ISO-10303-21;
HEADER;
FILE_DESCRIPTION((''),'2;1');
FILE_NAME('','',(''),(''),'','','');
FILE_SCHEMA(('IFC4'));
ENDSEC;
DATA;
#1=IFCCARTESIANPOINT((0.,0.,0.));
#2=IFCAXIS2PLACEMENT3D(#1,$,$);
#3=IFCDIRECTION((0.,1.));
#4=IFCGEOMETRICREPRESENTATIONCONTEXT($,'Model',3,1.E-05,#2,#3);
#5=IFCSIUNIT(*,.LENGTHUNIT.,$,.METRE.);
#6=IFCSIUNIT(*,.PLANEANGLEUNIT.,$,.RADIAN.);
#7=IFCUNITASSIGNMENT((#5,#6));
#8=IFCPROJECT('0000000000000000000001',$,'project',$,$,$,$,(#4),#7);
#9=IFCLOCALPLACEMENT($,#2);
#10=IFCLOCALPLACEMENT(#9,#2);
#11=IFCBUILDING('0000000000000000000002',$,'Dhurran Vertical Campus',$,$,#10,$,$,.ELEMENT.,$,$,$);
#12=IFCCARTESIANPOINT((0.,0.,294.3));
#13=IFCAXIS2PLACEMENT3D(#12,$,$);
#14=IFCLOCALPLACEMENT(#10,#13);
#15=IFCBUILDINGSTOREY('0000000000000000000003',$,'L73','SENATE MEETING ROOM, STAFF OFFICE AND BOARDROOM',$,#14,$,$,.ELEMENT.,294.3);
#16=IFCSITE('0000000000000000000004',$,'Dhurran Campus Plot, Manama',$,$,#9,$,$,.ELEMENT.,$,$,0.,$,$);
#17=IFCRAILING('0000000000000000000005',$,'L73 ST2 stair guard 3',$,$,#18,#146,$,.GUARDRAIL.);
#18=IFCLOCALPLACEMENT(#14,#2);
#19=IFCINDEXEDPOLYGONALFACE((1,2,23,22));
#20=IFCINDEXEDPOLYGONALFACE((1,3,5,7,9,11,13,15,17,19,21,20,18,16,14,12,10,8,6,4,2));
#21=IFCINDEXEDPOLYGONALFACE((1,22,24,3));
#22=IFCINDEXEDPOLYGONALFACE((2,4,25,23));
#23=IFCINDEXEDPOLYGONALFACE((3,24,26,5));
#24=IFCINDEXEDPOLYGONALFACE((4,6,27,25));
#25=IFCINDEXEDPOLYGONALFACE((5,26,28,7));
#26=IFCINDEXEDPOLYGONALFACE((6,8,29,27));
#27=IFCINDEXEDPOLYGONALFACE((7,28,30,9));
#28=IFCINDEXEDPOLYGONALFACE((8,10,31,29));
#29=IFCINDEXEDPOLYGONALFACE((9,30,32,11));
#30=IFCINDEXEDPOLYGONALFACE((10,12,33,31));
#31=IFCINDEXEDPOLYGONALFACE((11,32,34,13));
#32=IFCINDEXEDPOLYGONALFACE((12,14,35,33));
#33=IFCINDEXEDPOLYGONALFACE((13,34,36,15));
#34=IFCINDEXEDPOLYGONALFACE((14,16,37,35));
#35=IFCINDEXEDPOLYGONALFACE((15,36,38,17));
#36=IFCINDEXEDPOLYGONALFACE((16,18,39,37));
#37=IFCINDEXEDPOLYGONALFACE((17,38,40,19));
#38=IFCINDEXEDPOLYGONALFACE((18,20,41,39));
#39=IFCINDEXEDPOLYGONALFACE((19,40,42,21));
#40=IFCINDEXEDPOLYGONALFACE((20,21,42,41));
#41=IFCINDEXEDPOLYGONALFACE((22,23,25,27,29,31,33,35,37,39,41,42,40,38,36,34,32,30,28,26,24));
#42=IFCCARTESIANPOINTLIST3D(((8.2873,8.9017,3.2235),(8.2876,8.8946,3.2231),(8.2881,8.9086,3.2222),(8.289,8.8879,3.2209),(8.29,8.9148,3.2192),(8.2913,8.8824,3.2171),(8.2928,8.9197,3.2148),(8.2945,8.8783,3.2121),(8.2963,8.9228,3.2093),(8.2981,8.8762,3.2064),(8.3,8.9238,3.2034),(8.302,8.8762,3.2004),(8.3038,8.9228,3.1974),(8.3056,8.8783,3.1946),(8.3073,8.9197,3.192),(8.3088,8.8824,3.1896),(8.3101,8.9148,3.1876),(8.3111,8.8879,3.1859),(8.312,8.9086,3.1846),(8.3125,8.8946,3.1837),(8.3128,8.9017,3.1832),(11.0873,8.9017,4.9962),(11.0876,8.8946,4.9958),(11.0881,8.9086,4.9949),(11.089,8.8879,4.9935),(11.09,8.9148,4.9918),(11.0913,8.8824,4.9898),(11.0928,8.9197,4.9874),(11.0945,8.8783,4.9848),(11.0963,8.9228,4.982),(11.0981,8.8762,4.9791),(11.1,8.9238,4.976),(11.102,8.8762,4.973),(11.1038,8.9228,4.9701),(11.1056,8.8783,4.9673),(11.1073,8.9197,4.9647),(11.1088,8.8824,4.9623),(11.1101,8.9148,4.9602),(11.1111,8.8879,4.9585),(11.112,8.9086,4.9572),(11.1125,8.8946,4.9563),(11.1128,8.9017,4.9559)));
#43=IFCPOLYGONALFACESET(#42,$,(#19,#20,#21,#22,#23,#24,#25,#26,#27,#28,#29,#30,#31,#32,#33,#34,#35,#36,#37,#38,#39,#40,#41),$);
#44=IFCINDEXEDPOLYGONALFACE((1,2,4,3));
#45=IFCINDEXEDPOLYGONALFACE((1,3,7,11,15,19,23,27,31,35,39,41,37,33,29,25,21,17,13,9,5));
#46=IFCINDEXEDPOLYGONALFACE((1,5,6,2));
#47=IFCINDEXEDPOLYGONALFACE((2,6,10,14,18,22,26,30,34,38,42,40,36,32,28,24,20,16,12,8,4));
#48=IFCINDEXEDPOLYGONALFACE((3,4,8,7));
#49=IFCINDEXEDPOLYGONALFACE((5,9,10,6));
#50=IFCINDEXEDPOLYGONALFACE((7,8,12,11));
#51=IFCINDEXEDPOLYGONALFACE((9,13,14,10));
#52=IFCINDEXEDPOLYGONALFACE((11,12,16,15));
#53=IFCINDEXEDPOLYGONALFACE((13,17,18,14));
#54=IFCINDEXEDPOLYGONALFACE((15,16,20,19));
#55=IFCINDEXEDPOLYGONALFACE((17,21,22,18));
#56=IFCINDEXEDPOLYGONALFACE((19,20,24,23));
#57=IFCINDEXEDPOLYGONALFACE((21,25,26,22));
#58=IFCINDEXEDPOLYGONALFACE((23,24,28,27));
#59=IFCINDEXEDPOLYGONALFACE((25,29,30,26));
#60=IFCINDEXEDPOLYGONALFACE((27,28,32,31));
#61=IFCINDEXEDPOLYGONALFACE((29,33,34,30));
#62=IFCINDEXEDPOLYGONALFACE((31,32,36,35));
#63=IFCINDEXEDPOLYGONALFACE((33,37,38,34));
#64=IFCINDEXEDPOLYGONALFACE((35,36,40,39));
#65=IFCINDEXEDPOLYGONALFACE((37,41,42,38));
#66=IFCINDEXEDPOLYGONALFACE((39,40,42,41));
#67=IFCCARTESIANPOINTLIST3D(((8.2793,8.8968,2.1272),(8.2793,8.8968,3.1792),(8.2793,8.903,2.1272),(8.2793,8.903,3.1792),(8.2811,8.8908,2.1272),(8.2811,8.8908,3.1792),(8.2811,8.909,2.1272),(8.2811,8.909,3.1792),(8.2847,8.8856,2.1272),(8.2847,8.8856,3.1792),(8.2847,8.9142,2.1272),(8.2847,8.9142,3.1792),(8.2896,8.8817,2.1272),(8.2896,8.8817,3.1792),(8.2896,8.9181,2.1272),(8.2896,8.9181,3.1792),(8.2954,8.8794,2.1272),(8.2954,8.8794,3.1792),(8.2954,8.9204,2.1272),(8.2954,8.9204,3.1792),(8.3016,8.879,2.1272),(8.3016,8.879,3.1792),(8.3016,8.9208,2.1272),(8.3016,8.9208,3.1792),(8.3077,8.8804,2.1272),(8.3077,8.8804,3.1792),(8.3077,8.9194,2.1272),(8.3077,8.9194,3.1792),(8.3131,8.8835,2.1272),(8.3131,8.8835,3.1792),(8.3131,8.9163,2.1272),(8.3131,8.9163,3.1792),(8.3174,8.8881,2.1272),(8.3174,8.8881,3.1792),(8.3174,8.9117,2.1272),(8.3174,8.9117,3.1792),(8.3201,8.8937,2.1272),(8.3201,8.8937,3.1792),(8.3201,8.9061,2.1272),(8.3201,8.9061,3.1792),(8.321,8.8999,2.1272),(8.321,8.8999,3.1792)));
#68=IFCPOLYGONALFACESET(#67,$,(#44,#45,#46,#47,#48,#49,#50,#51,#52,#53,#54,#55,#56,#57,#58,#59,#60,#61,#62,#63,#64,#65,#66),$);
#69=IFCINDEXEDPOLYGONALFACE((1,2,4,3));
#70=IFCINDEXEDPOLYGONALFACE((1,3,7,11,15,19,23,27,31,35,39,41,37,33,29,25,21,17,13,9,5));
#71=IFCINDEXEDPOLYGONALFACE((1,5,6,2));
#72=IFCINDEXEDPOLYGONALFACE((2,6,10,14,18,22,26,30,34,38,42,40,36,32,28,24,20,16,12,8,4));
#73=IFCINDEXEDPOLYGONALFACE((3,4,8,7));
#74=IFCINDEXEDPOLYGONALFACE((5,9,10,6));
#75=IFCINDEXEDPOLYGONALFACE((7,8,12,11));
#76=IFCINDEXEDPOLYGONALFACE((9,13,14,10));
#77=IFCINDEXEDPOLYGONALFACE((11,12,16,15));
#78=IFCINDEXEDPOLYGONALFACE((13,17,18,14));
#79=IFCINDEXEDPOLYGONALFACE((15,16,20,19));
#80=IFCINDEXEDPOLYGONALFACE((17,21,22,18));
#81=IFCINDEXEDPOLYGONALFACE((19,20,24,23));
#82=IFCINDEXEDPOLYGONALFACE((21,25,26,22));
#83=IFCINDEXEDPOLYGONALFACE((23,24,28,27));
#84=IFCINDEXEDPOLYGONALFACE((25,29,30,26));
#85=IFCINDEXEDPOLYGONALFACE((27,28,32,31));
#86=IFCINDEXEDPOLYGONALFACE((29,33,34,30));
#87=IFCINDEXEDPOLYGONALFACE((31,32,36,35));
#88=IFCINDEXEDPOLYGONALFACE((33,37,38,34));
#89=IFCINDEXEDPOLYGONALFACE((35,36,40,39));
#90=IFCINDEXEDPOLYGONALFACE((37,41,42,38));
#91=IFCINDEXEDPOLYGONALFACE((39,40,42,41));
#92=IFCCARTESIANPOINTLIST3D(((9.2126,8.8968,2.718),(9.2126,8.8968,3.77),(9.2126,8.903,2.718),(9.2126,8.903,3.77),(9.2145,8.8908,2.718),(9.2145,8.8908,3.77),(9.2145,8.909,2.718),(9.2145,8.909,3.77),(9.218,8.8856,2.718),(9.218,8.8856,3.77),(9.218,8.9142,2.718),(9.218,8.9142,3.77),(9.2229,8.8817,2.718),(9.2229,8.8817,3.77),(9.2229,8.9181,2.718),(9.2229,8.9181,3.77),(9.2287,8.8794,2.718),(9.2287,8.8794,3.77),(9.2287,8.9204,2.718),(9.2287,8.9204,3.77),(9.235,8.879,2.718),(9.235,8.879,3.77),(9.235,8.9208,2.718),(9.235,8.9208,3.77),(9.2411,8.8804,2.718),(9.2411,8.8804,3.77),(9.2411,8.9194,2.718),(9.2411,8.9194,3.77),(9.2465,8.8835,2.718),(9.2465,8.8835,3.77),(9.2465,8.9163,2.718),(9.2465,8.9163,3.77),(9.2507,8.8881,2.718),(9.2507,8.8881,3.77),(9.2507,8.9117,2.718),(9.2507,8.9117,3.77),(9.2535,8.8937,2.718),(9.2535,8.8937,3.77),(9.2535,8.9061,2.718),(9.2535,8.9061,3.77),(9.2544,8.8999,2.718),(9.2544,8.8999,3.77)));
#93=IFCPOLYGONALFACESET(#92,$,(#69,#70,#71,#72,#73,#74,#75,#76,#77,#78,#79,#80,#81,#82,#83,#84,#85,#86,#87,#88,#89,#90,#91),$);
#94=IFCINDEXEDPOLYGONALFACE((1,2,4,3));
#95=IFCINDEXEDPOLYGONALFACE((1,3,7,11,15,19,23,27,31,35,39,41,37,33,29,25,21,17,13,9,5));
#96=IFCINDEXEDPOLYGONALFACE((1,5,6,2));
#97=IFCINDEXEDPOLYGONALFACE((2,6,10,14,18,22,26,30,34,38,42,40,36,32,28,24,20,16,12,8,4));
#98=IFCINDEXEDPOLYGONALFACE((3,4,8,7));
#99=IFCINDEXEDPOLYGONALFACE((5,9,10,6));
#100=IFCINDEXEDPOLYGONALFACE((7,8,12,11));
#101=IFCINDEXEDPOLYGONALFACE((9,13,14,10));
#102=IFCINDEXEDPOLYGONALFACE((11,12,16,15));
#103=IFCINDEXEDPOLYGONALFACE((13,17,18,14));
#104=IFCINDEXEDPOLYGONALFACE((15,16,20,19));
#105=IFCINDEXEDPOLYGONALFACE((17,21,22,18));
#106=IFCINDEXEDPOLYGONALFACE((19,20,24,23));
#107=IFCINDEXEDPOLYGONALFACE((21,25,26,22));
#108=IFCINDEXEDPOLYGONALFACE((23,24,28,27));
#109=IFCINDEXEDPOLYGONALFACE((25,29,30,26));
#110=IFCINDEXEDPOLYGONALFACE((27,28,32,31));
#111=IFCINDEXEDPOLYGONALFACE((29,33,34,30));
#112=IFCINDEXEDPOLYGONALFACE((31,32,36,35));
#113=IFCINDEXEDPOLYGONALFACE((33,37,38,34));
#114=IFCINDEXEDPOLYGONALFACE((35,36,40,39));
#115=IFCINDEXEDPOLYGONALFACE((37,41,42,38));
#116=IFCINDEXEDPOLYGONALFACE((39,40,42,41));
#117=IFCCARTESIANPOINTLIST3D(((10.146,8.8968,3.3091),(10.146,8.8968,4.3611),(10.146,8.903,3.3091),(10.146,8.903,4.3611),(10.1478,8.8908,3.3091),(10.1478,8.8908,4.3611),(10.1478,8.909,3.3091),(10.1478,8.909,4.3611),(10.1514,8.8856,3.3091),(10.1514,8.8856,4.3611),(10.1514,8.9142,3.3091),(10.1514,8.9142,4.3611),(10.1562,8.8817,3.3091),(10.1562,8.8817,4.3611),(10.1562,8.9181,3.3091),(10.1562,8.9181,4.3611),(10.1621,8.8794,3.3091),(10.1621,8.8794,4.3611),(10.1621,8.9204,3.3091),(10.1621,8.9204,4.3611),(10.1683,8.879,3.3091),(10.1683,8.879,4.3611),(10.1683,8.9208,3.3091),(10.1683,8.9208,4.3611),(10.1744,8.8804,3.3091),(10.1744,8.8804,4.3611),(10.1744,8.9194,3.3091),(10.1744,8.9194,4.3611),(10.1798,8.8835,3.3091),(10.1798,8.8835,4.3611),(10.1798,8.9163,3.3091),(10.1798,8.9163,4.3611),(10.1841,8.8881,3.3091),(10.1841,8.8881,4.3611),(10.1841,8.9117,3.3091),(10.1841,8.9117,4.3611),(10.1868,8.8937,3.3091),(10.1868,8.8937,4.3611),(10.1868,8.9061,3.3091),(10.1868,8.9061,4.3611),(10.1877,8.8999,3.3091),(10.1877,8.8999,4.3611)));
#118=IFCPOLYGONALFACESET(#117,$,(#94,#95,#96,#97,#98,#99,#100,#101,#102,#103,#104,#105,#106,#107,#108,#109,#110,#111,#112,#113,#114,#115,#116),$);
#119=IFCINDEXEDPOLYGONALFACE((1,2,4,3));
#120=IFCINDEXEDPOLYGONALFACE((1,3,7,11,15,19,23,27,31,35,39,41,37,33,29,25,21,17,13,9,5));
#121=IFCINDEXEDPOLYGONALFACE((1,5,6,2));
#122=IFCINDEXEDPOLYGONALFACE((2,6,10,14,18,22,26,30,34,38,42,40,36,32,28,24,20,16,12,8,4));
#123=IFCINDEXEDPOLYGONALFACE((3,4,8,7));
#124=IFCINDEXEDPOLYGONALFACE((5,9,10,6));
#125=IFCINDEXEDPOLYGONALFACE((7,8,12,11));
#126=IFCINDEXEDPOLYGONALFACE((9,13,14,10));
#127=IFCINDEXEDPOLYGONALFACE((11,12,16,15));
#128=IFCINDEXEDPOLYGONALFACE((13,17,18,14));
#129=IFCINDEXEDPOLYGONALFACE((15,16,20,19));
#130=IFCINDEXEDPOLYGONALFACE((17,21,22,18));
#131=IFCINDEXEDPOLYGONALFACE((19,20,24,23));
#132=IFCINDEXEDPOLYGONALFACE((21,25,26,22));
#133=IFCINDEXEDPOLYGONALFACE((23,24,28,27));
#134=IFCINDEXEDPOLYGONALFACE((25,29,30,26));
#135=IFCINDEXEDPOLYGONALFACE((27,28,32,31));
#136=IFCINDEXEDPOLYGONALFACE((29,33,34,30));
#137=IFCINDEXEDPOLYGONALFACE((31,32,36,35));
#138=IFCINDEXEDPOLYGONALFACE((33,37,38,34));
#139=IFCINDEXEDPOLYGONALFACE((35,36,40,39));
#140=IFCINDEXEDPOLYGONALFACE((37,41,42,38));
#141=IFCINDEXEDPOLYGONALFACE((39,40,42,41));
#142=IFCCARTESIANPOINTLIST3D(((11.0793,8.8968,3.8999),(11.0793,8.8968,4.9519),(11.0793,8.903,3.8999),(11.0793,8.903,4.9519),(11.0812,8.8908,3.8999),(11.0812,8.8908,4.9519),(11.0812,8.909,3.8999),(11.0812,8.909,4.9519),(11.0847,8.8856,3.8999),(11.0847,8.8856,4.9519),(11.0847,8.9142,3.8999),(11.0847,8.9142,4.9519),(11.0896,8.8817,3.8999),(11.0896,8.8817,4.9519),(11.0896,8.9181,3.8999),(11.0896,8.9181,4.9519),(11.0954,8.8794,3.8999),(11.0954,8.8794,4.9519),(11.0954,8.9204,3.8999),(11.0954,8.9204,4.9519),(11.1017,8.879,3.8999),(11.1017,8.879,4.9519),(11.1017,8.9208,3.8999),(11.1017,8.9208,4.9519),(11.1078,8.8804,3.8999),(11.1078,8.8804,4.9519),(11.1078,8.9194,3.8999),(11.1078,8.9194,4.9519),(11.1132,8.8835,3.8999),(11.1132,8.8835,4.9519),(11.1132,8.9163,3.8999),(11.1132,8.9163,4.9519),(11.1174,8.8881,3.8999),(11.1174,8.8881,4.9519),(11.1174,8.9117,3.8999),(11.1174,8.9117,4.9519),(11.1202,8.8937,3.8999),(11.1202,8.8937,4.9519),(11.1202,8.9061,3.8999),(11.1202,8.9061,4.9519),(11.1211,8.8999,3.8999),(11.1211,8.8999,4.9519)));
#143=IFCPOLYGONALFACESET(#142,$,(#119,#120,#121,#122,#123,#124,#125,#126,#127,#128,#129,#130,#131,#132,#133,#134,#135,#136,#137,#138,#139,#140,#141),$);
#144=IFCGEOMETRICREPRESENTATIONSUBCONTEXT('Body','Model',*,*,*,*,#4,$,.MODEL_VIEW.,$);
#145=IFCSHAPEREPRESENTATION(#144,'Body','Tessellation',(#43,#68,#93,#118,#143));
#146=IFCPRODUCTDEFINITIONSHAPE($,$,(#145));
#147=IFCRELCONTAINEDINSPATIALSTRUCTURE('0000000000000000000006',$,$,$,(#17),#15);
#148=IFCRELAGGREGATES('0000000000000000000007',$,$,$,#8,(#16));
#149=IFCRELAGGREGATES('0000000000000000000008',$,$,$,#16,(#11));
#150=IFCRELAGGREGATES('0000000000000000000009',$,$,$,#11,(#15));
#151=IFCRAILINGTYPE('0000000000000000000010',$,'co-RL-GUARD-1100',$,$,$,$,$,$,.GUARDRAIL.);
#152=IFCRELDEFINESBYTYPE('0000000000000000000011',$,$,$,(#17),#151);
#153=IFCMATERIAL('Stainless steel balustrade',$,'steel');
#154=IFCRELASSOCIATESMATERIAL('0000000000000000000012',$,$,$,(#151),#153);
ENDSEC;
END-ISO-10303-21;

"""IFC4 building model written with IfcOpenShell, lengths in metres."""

from ifc_helpers import new_model, si_unit, direction, frame, origin, origin_2d, place, context, subcontext, project, spatial, circle, extrude, material, type_object, element, save


model = new_model("IFC4")

# Units and contexts
model_context = context("Model", 3, precision=1e-05, world=origin(), true_north=direction((0.0, 1.0)))
body_context = subcontext(model_context, "Body", "Model", "MODEL_VIEW")
ifc_project = project(units=[si_unit("LENGTHUNIT", "METRE"), si_unit("PLANEANGLEUNIT", "RADIAN")], contexts=[model_context])

# Site, building, storey
site_placement = place(None, origin())
site = spatial("IfcSite", under=ifc_project, at=site_placement, Name="Dhurran Campus Plot, Manama", CompositionType="ELEMENT", RefElevation=0.0)
building_placement = place(site_placement, origin())
building = spatial("IfcBuilding", under=site, at=building_placement, Name="Dhurran Vertical Campus", CompositionType="ELEMENT")
storey_placement = place(building_placement, frame((0.0, 0.0, 294.3)))
storey = spatial("IfcBuildingStorey", under=building, at=storey_placement, Name="L73", Description="SENATE MEETING ROOM, STAFF OFFICE AND BOARDROOM", CompositionType="ELEMENT", Elevation=294.3)

# Railing
ifc_material_1 = material(Name="Stainless steel balustrade", Category="steel")
railing_type_1 = type_object("IfcRailingType", Name="co-RL-GUARD-1100", PredefinedType="GUARDRAIL", material=ifc_material_1)
railing_1_placement = place(storey_placement, frame((8.3, 8.8999, 2.1272)))
element("IfcRailing", 1, at=railing_1_placement, inside=storey, type_object=railing_type_1, Name="L73 ST2 stair guard 3", PredefinedType="GUARDRAIL", context=body_context, shape_type="SweptSolid", body=[
    extrude(circle(Radius=0.0239, at=origin_2d()), frame((0.0, 0.0, 1.0762), z_axis=(0.844909, 0.0, 0.53491), x_axis=(0.0, 1.0, 0.0)), (0.0, 0.0, 1.0), 3.314),
    extrude(circle(Radius=0.021, at=origin_2d()), origin(), (0.0, 0.0, 1.0), 1.052),
    extrude(circle(Radius=0.021, at=origin_2d()), frame((0.9333, 0.0, 0.5908)), (0.0, 0.0, 1.0), 1.052),
    extrude(circle(Radius=0.021, at=origin_2d()), frame((1.8667, 0.0, 1.1819)), (0.0, 0.0, 1.0), 1.052),
    extrude(circle(Radius=0.021, at=origin_2d()), frame((2.8, 0.0, 1.7727)), (0.0, 0.0, 1.0), 1.052),
])

save(model, "model.ifc")
